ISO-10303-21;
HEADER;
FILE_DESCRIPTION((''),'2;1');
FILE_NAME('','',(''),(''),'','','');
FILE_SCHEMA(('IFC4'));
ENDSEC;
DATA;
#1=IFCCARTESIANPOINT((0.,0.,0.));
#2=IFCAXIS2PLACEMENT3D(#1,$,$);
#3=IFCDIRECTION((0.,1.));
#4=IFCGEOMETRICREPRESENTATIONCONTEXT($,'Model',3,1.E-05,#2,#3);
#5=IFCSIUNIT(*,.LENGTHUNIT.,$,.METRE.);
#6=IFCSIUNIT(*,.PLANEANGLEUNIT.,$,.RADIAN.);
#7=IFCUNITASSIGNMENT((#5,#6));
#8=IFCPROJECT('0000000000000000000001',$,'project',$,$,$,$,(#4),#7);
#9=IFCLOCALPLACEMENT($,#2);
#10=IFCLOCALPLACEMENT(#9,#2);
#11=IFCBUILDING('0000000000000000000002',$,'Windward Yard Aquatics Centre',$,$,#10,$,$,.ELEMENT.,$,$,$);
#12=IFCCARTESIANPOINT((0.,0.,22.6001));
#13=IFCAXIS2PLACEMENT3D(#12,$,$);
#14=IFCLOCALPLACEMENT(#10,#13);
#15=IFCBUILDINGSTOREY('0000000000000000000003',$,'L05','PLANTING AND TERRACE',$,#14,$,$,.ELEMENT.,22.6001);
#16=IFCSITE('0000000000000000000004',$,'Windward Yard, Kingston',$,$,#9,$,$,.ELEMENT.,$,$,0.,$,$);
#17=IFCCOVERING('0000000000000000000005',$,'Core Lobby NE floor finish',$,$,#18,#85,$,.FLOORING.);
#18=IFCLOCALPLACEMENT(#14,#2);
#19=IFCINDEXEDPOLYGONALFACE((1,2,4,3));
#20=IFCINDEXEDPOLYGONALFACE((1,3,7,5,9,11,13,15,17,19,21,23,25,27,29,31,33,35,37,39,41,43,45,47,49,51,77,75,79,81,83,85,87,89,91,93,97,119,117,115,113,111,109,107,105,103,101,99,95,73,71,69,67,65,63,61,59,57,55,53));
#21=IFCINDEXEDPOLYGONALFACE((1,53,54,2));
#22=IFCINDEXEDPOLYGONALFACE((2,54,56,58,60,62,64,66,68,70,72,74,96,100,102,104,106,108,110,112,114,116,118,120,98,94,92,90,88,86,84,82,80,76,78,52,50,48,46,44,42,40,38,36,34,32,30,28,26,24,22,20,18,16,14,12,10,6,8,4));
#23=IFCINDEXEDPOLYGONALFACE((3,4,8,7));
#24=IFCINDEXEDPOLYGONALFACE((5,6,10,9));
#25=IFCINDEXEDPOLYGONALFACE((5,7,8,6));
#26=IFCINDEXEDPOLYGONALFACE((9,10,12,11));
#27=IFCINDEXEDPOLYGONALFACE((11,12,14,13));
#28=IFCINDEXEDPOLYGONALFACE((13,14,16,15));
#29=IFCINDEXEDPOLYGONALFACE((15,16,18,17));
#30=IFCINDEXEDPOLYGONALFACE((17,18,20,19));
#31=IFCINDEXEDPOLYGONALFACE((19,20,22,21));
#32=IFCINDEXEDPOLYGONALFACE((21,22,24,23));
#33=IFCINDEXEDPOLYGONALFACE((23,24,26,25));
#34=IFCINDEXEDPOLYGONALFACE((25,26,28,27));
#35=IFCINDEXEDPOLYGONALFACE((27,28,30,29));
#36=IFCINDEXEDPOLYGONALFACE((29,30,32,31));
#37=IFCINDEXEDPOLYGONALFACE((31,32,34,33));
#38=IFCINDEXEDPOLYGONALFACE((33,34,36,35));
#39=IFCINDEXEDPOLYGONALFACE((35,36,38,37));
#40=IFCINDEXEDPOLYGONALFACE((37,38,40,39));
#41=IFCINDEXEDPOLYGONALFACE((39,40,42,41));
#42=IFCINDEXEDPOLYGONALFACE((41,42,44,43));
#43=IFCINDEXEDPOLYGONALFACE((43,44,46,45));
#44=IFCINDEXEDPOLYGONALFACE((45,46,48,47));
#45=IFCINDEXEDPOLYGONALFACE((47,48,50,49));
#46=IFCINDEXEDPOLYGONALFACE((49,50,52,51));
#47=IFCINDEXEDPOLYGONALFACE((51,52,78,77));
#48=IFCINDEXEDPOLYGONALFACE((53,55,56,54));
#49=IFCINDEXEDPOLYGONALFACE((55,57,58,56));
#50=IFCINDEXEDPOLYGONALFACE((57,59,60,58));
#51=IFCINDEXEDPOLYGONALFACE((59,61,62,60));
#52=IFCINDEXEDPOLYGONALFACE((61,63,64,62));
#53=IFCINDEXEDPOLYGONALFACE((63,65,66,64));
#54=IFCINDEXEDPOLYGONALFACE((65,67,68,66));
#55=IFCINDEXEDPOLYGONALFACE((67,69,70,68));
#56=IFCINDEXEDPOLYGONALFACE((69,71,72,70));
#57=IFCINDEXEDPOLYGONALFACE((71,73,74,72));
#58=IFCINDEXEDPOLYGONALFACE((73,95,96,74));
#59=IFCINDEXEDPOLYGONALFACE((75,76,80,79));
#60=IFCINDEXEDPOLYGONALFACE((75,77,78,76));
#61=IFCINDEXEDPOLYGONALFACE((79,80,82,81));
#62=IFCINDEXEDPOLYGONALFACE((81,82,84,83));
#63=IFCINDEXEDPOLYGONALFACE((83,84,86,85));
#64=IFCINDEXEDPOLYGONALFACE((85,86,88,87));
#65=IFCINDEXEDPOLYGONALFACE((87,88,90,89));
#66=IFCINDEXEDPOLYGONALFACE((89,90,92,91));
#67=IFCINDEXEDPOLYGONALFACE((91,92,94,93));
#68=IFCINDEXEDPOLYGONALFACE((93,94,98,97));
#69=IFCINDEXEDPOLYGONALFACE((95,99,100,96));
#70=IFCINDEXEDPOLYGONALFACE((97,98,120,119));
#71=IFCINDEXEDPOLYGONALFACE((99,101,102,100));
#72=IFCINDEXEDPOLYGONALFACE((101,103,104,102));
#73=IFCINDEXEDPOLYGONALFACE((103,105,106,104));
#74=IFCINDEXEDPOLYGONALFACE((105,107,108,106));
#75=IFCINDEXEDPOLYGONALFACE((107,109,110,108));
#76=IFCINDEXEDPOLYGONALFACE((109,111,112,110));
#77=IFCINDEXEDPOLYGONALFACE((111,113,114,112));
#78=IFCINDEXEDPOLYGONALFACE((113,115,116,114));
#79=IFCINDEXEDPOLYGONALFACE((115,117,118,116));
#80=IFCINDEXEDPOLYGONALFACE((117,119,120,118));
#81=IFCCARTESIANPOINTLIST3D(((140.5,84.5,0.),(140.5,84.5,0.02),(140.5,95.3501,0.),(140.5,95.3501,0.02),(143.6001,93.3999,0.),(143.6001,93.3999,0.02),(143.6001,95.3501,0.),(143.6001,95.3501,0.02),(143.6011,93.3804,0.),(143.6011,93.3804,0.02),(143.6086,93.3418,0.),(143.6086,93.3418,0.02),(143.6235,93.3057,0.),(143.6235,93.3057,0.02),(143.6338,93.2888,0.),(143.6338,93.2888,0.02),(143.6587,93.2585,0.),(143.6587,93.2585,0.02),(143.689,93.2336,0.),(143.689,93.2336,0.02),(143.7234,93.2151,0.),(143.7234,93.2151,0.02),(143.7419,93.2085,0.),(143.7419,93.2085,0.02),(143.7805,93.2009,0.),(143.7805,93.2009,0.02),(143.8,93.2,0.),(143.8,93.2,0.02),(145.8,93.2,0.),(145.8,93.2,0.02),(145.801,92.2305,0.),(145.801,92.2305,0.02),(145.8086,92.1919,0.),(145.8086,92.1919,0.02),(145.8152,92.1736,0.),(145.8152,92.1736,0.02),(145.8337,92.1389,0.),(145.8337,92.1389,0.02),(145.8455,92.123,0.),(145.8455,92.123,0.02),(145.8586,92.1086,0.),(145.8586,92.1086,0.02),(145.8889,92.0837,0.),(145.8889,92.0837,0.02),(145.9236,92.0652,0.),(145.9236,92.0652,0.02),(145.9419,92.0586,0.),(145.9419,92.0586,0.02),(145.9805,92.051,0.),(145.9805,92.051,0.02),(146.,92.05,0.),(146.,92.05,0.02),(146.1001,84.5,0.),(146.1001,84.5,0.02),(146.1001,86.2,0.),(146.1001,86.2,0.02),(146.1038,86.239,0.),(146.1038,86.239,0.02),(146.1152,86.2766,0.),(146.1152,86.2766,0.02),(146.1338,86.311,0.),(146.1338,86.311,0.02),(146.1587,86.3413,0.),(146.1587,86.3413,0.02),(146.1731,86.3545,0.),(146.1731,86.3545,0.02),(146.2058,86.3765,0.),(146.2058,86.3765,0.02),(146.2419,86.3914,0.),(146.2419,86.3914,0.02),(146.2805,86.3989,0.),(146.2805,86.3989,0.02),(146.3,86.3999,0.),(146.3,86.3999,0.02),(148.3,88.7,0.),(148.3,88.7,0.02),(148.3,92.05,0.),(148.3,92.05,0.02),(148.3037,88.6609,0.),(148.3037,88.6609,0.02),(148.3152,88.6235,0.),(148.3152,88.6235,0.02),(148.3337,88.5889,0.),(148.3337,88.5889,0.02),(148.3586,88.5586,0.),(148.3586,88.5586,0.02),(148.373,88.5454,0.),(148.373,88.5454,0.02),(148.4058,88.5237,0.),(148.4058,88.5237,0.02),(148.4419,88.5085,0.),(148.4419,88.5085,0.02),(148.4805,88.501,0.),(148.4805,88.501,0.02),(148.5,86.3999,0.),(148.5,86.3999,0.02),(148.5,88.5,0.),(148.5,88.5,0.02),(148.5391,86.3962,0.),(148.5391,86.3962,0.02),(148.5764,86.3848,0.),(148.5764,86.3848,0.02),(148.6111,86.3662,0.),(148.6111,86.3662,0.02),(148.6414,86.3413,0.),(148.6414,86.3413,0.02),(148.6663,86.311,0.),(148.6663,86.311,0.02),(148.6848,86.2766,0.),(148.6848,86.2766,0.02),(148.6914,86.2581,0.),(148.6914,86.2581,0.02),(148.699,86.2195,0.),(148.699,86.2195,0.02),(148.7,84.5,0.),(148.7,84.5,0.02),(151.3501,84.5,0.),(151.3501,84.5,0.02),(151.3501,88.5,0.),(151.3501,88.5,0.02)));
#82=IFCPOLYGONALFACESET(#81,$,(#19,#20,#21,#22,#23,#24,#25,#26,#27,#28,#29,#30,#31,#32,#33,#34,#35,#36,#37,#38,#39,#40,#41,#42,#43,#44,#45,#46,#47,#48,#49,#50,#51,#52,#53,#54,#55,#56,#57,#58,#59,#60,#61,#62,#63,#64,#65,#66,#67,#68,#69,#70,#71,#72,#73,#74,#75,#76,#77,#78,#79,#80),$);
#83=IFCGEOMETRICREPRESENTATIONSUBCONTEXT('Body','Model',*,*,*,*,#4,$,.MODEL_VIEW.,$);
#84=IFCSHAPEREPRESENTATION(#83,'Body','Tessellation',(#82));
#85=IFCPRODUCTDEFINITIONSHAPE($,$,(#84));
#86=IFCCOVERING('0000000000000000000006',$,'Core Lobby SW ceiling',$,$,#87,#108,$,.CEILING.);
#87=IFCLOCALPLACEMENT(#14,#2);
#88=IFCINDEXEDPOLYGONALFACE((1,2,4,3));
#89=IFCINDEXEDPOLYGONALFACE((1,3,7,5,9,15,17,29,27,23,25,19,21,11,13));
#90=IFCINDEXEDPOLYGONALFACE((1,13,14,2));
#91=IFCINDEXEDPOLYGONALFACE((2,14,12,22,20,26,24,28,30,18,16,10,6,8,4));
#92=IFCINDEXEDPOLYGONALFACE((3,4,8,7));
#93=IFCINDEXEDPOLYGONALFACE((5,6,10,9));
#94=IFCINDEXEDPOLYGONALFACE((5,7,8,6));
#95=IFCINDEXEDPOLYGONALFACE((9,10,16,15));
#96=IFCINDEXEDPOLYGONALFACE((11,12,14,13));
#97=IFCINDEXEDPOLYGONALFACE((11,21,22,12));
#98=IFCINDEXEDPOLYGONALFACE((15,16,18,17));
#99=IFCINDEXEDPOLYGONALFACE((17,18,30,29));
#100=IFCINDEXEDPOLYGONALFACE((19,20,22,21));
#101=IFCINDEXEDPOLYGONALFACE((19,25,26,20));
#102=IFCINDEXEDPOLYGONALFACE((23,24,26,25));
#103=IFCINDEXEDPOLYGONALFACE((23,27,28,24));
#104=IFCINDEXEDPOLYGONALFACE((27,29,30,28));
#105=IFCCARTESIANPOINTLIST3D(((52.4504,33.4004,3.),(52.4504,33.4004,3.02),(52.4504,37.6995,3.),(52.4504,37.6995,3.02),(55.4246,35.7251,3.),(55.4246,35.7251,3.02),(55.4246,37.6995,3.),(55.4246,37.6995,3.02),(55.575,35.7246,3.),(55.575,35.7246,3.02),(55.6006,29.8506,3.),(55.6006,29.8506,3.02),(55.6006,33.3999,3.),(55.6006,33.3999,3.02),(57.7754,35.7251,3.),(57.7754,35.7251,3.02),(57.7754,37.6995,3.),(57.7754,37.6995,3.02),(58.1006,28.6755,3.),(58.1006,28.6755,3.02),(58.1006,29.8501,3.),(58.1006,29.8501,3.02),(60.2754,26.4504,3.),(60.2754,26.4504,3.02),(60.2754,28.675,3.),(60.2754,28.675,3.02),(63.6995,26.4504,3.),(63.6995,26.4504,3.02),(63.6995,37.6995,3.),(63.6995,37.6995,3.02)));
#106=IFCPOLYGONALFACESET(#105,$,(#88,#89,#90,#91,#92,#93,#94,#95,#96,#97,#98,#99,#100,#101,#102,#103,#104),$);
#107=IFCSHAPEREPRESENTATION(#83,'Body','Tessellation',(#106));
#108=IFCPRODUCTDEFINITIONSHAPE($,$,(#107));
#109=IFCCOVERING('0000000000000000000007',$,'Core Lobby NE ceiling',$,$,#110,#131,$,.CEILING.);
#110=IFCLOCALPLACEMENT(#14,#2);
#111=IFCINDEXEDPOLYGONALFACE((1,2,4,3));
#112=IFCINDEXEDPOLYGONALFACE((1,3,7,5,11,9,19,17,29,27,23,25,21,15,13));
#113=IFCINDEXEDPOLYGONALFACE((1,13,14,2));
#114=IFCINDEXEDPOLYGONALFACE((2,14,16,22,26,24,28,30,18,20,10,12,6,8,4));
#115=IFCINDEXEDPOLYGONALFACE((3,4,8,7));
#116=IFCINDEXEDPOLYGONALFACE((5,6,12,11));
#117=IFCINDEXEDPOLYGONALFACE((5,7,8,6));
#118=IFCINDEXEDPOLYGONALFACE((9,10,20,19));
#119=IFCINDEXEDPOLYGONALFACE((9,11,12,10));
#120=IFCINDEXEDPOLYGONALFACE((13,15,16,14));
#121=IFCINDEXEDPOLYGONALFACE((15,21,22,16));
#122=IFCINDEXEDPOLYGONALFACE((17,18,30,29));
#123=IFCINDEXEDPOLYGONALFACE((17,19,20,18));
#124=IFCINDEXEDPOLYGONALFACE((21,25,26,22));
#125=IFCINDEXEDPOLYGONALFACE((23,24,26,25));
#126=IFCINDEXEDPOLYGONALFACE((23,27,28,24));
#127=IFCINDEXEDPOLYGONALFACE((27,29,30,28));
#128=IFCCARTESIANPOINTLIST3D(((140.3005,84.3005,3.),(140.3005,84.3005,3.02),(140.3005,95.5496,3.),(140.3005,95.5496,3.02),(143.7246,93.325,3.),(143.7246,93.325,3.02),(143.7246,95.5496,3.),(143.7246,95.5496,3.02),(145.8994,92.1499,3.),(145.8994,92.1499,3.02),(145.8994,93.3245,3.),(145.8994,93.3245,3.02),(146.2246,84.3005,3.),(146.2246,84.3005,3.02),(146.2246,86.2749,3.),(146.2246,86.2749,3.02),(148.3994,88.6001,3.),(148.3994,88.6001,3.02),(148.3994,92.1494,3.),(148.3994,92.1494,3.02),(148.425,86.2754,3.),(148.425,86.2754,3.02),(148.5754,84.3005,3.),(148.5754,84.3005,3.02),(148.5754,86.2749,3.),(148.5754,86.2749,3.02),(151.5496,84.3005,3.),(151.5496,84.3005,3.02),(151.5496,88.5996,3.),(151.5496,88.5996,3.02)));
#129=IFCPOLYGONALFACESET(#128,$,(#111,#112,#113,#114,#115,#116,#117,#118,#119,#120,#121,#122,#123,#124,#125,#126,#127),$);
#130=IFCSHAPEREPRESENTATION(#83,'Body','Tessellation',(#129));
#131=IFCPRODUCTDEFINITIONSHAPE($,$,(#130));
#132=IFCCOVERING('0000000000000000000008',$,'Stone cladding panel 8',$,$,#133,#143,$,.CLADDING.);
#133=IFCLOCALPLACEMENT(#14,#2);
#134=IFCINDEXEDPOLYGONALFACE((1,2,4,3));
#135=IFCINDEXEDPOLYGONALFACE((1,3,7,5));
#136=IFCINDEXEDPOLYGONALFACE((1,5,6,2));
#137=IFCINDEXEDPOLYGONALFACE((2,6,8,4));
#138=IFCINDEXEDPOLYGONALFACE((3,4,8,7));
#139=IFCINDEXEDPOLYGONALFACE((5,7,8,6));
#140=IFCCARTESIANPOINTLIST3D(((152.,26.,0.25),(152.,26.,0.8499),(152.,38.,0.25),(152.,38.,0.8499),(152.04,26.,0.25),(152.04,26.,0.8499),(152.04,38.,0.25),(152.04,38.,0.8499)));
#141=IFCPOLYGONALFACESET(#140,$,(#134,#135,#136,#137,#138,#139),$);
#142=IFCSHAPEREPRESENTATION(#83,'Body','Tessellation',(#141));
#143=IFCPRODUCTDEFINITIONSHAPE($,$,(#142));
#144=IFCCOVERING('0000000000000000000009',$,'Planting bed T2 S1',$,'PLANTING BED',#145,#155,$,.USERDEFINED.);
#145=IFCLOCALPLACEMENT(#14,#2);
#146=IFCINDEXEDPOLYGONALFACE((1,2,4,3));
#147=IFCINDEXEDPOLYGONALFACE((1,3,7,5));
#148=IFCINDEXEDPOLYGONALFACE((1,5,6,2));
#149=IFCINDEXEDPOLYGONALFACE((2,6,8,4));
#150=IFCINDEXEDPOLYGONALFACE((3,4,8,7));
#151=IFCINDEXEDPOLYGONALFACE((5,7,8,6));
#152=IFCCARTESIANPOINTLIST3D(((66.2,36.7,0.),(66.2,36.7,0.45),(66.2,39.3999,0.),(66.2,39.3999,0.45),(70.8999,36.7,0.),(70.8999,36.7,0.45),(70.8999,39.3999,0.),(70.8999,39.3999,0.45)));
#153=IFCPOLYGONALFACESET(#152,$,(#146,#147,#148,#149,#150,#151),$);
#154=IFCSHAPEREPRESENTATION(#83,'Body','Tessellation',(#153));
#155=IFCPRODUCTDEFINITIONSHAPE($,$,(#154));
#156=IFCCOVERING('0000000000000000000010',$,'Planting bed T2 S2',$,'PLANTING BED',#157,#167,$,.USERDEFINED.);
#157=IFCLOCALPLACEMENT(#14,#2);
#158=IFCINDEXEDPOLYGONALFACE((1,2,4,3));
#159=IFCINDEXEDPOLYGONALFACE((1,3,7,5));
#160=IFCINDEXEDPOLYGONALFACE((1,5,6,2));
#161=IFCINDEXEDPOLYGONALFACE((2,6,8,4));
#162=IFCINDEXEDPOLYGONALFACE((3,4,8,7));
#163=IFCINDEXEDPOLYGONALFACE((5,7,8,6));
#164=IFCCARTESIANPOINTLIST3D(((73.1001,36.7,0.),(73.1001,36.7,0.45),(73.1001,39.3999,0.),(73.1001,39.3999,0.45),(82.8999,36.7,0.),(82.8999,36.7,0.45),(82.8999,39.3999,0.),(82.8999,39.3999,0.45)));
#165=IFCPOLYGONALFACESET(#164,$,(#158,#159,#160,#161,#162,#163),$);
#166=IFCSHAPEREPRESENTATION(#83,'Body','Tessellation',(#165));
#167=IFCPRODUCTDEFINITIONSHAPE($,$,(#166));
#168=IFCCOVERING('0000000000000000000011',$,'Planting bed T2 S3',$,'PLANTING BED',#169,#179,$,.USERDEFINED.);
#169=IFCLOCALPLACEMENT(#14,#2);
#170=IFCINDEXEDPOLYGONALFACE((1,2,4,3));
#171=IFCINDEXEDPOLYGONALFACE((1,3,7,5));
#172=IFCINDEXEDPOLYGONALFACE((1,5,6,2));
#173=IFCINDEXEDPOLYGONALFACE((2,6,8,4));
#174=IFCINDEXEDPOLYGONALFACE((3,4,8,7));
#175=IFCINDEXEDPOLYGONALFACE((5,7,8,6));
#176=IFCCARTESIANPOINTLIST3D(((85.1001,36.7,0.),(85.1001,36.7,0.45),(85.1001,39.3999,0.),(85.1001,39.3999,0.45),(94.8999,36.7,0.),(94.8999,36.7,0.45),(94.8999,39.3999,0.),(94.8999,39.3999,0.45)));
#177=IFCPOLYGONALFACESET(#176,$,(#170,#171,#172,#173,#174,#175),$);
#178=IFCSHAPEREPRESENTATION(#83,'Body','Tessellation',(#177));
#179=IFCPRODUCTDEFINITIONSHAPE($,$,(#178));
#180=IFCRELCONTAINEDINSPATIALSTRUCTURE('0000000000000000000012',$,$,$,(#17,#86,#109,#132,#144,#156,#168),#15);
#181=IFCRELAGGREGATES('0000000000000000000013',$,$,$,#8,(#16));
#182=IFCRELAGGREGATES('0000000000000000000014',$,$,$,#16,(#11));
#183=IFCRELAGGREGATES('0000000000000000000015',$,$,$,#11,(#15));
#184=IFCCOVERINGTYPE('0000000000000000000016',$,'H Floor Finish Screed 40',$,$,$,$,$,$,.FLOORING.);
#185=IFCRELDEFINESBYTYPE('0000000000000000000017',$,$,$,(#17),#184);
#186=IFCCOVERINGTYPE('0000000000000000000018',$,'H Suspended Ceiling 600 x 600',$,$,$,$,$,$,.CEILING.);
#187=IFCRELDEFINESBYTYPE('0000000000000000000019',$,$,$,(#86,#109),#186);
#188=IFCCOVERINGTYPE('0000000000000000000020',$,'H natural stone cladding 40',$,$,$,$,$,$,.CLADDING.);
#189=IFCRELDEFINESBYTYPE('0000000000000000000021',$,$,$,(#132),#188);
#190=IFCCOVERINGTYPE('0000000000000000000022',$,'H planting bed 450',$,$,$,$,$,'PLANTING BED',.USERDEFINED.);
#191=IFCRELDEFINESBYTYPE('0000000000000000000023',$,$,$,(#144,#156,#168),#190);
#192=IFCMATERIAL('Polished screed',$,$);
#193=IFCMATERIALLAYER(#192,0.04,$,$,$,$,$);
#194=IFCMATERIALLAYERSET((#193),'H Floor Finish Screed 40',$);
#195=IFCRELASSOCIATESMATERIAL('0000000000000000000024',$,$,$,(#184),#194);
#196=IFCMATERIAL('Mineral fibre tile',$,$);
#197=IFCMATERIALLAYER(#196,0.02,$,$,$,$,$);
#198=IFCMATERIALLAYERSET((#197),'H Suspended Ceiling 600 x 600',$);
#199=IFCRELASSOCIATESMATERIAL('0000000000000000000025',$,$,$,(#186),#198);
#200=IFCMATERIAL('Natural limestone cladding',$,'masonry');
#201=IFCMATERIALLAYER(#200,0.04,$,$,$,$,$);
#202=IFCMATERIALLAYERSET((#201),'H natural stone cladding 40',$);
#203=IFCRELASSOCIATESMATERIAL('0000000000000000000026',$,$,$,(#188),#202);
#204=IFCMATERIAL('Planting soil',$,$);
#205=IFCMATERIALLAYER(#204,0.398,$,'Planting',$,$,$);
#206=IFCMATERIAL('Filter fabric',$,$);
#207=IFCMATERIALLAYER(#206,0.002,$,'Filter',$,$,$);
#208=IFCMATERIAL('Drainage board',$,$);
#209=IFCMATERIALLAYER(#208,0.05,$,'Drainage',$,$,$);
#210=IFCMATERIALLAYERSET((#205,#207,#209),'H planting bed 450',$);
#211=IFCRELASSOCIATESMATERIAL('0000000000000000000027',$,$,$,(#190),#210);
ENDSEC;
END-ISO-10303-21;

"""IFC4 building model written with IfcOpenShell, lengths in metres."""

from ifc_helpers import new_model, si_unit, direction, frame, origin, place, context, subcontext, project, spatial, polyline, outline, extrude, material, layer, layer_set, type_object, element, save


model = new_model("IFC4")

# Units and contexts
model_context = context("Model", 3, precision=1e-05, world=origin(), true_north=direction((0.0, 1.0)))
body_context = subcontext(model_context, "Body", "Model", "MODEL_VIEW")
ifc_project = project(units=[si_unit("LENGTHUNIT", "METRE"), si_unit("PLANEANGLEUNIT", "RADIAN")], contexts=[model_context])

# Site, building, storey
site_placement = place(None, origin())
site = spatial("IfcSite", under=ifc_project, at=site_placement, Name="Windward Yard, Kingston", CompositionType="ELEMENT", RefElevation=0.0)
building_placement = place(site_placement, origin())
building = spatial("IfcBuilding", under=site, at=building_placement, Name="Windward Yard Aquatics Centre", CompositionType="ELEMENT")
storey_placement = place(building_placement, frame((0.0, 0.0, 22.6001)))
storey = spatial("IfcBuildingStorey", under=building, at=storey_placement, Name="L05", Description="PLANTING AND TERRACE", CompositionType="ELEMENT", Elevation=22.6001)

# Coverings
ifc_material_1 = material(Name="Polished screed")
ifc_layer_1 = layer(ifc_material_1, 0.04)
ifc_layer_set_1 = layer_set([ifc_layer_1], Name="H Floor Finish Screed 40")
covering_type_1 = type_object("IfcCoveringType", Name="H Floor Finish Screed 40", PredefinedType="FLOORING", material=ifc_layer_set_1)
covering_1_placement = place(storey_placement, origin())
element("IfcCovering", 1, at=covering_1_placement, inside=storey, type_object=covering_type_1, Name="Core Lobby NE floor finish", PredefinedType="FLOORING", context=body_context, shape_type="SweptSolid", body=[
    extrude(outline(polyline([(140.5, 84.5), (140.5, 95.3501), (143.6001, 95.3501), (143.6001, 93.3999), (143.6011, 93.3804), (143.6086, 93.3418), (143.6235, 93.3057), (143.6338, 93.2888), (143.6587, 93.2585), (143.689, 93.2336), (143.7234, 93.2151), (143.7419, 93.2085), (143.7805, 93.2009), (143.8, 93.2), (145.8, 93.2), (145.801, 92.2305), (145.8086, 92.1919), (145.8152, 92.1736), (145.8337, 92.1389), (145.8455, 92.123), (145.8586, 92.1086), (145.8889, 92.0837), (145.9236, 92.0652), (145.9419, 92.0586), (145.9805, 92.051), (146.0, 92.05), (148.3, 92.05), (148.3, 88.7), (148.3037, 88.6609), (148.3152, 88.6235), (148.3337, 88.5889), (148.3586, 88.5586), (148.373, 88.5454), (148.4058, 88.5237), (148.4419, 88.5085), (148.4805, 88.501), (148.5, 88.5), (151.3501, 88.5), (151.3501, 84.5), (148.7, 84.5), (148.699, 86.2195), (148.6914, 86.2581), (148.6848, 86.2766), (148.6663, 86.311), (148.6414, 86.3413), (148.6111, 86.3662), (148.5764, 86.3848), (148.5391, 86.3962), (148.5, 86.3999), (146.3, 86.3999), (146.2805, 86.3989), (146.2419, 86.3914), (146.2058, 86.3765), (146.1731, 86.3545), (146.1587, 86.3413), (146.1338, 86.311), (146.1152, 86.2766), (146.1038, 86.239), (146.1001, 86.2), (146.1001, 84.5), (140.5, 84.5)])), origin(), (0.0, 0.0, 1.0), 0.02),
])
ifc_material_2 = material(Name="Mineral fibre tile")
ifc_layer_2 = layer(ifc_material_2, 0.02)
ifc_layer_set_2 = layer_set([ifc_layer_2], Name="H Suspended Ceiling 600 x 600")
covering_type_2 = type_object("IfcCoveringType", Name="H Suspended Ceiling 600 x 600", PredefinedType="CEILING", material=ifc_layer_set_2)
covering_2_placement = place(storey_placement, frame((0.0, 0.0, 3.0)))
element("IfcCovering", 2, at=covering_2_placement, inside=storey, type_object=covering_type_2, Name="Core Lobby SW ceiling", PredefinedType="CEILING", context=body_context, shape_type="SweptSolid", body=[
    extrude(outline(polyline([(52.4504, 33.4004), (52.4504, 37.6995), (55.4246, 37.6995), (55.4246, 35.7251), (55.575, 35.7246), (57.7754, 35.7251), (57.7754, 37.6995), (63.6995, 37.6995), (63.6995, 26.4504), (60.2754, 26.4504), (60.2754, 28.675), (58.1006, 28.6755), (58.1006, 29.8501), (55.6006, 29.8506), (55.6006, 33.3999), (52.4504, 33.4004)])), origin(), (0.0, 0.0, 1.0), 0.02),
])
covering_3_placement = place(storey_placement, frame((0.0, 0.0, 3.0)))
element("IfcCovering", 3, at=covering_3_placement, inside=storey, type_object=covering_type_2, Name="Core Lobby NE ceiling", PredefinedType="CEILING", context=body_context, shape_type="SweptSolid", body=[
    extrude(outline(polyline([(140.3005, 84.3005), (140.3005, 95.5496), (143.7246, 95.5496), (143.7246, 93.325), (145.8994, 93.3245), (145.8994, 92.1499), (148.3994, 92.1494), (148.3994, 88.6001), (151.5496, 88.5996), (151.5496, 84.3005), (148.5754, 84.3005), (148.5754, 86.2749), (148.425, 86.2754), (146.2246, 86.2749), (146.2246, 84.3005), (140.3005, 84.3005)])), origin(), (0.0, 0.0, 1.0), 0.02),
])
ifc_material_3 = material(Name="Natural limestone cladding", Category="masonry")
ifc_layer_3 = layer(ifc_material_3, 0.04)
ifc_layer_set_3 = layer_set([ifc_layer_3], Name="H natural stone cladding 40")
covering_type_3 = type_object("IfcCoveringType", Name="H natural stone cladding 40", PredefinedType="CLADDING", material=ifc_layer_set_3)
covering_4_placement = place(storey_placement, frame((0.0, 0.0, 0.25)))
element("IfcCovering", 4, at=covering_4_placement, inside=storey, type_object=covering_type_3, Name="Stone cladding panel 8", PredefinedType="CLADDING", context=body_context, shape_type="SweptSolid", body=[
    extrude(outline(polyline([(152.0, 26.0), (152.0, 38.0), (152.04, 38.0), (152.04, 26.0), (152.0, 26.0)])), origin(), (0.0, 0.0, 1.0), 0.5999),
])
ifc_material_4 = material(Name="Planting soil")
ifc_layer_4 = layer(ifc_material_4, 0.398, Name="Planting")
ifc_material_5 = material(Name="Filter fabric")
ifc_layer_5 = layer(ifc_material_5, 0.002, Name="Filter")
ifc_material_6 = material(Name="Drainage board")
ifc_layer_6 = layer(ifc_material_6, 0.05, Name="Drainage")
ifc_layer_set_4 = layer_set([ifc_layer_4, ifc_layer_5, ifc_layer_6], Name="H planting bed 450")
covering_type_4 = type_object("IfcCoveringType", Name="H planting bed 450", ElementType="PLANTING BED", PredefinedType="USERDEFINED", material=ifc_layer_set_4)
covering_5_placement = place(storey_placement, origin())
element("IfcCovering", 5, at=covering_5_placement, inside=storey, type_object=covering_type_4, Name="Planting bed T2 S1", ObjectType="PLANTING BED", PredefinedType="USERDEFINED", context=body_context, shape_type="SweptSolid", body=[
    extrude(outline(polyline([(66.2, 36.7), (70.8999, 36.7), (70.8999, 39.3999), (66.2, 39.3999), (66.2, 36.7)])), origin(), (0.0, 0.0, 1.0), 0.45),
])
covering_6_placement = place(storey_placement, origin())
element("IfcCovering", 6, at=covering_6_placement, inside=storey, type_object=covering_type_4, Name="Planting bed T2 S2", ObjectType="PLANTING BED", PredefinedType="USERDEFINED", context=body_context, shape_type="SweptSolid", body=[
    extrude(outline(polyline([(73.1001, 36.7), (82.8999, 36.7), (82.8999, 39.3999), (73.1001, 39.3999), (73.1001, 36.7)])), origin(), (0.0, 0.0, 1.0), 0.45),
])
covering_7_placement = place(storey_placement, origin())
element("IfcCovering", 7, at=covering_7_placement, inside=storey, type_object=covering_type_4, Name="Planting bed T2 S3", ObjectType="PLANTING BED", PredefinedType="USERDEFINED", context=body_context, shape_type="SweptSolid", body=[
    extrude(outline(polyline([(85.1001, 36.7), (94.8999, 36.7), (94.8999, 39.3999), (85.1001, 39.3999), (85.1001, 36.7)])), origin(), (0.0, 0.0, 1.0), 0.45),
])

save(model, "model.ifc")
